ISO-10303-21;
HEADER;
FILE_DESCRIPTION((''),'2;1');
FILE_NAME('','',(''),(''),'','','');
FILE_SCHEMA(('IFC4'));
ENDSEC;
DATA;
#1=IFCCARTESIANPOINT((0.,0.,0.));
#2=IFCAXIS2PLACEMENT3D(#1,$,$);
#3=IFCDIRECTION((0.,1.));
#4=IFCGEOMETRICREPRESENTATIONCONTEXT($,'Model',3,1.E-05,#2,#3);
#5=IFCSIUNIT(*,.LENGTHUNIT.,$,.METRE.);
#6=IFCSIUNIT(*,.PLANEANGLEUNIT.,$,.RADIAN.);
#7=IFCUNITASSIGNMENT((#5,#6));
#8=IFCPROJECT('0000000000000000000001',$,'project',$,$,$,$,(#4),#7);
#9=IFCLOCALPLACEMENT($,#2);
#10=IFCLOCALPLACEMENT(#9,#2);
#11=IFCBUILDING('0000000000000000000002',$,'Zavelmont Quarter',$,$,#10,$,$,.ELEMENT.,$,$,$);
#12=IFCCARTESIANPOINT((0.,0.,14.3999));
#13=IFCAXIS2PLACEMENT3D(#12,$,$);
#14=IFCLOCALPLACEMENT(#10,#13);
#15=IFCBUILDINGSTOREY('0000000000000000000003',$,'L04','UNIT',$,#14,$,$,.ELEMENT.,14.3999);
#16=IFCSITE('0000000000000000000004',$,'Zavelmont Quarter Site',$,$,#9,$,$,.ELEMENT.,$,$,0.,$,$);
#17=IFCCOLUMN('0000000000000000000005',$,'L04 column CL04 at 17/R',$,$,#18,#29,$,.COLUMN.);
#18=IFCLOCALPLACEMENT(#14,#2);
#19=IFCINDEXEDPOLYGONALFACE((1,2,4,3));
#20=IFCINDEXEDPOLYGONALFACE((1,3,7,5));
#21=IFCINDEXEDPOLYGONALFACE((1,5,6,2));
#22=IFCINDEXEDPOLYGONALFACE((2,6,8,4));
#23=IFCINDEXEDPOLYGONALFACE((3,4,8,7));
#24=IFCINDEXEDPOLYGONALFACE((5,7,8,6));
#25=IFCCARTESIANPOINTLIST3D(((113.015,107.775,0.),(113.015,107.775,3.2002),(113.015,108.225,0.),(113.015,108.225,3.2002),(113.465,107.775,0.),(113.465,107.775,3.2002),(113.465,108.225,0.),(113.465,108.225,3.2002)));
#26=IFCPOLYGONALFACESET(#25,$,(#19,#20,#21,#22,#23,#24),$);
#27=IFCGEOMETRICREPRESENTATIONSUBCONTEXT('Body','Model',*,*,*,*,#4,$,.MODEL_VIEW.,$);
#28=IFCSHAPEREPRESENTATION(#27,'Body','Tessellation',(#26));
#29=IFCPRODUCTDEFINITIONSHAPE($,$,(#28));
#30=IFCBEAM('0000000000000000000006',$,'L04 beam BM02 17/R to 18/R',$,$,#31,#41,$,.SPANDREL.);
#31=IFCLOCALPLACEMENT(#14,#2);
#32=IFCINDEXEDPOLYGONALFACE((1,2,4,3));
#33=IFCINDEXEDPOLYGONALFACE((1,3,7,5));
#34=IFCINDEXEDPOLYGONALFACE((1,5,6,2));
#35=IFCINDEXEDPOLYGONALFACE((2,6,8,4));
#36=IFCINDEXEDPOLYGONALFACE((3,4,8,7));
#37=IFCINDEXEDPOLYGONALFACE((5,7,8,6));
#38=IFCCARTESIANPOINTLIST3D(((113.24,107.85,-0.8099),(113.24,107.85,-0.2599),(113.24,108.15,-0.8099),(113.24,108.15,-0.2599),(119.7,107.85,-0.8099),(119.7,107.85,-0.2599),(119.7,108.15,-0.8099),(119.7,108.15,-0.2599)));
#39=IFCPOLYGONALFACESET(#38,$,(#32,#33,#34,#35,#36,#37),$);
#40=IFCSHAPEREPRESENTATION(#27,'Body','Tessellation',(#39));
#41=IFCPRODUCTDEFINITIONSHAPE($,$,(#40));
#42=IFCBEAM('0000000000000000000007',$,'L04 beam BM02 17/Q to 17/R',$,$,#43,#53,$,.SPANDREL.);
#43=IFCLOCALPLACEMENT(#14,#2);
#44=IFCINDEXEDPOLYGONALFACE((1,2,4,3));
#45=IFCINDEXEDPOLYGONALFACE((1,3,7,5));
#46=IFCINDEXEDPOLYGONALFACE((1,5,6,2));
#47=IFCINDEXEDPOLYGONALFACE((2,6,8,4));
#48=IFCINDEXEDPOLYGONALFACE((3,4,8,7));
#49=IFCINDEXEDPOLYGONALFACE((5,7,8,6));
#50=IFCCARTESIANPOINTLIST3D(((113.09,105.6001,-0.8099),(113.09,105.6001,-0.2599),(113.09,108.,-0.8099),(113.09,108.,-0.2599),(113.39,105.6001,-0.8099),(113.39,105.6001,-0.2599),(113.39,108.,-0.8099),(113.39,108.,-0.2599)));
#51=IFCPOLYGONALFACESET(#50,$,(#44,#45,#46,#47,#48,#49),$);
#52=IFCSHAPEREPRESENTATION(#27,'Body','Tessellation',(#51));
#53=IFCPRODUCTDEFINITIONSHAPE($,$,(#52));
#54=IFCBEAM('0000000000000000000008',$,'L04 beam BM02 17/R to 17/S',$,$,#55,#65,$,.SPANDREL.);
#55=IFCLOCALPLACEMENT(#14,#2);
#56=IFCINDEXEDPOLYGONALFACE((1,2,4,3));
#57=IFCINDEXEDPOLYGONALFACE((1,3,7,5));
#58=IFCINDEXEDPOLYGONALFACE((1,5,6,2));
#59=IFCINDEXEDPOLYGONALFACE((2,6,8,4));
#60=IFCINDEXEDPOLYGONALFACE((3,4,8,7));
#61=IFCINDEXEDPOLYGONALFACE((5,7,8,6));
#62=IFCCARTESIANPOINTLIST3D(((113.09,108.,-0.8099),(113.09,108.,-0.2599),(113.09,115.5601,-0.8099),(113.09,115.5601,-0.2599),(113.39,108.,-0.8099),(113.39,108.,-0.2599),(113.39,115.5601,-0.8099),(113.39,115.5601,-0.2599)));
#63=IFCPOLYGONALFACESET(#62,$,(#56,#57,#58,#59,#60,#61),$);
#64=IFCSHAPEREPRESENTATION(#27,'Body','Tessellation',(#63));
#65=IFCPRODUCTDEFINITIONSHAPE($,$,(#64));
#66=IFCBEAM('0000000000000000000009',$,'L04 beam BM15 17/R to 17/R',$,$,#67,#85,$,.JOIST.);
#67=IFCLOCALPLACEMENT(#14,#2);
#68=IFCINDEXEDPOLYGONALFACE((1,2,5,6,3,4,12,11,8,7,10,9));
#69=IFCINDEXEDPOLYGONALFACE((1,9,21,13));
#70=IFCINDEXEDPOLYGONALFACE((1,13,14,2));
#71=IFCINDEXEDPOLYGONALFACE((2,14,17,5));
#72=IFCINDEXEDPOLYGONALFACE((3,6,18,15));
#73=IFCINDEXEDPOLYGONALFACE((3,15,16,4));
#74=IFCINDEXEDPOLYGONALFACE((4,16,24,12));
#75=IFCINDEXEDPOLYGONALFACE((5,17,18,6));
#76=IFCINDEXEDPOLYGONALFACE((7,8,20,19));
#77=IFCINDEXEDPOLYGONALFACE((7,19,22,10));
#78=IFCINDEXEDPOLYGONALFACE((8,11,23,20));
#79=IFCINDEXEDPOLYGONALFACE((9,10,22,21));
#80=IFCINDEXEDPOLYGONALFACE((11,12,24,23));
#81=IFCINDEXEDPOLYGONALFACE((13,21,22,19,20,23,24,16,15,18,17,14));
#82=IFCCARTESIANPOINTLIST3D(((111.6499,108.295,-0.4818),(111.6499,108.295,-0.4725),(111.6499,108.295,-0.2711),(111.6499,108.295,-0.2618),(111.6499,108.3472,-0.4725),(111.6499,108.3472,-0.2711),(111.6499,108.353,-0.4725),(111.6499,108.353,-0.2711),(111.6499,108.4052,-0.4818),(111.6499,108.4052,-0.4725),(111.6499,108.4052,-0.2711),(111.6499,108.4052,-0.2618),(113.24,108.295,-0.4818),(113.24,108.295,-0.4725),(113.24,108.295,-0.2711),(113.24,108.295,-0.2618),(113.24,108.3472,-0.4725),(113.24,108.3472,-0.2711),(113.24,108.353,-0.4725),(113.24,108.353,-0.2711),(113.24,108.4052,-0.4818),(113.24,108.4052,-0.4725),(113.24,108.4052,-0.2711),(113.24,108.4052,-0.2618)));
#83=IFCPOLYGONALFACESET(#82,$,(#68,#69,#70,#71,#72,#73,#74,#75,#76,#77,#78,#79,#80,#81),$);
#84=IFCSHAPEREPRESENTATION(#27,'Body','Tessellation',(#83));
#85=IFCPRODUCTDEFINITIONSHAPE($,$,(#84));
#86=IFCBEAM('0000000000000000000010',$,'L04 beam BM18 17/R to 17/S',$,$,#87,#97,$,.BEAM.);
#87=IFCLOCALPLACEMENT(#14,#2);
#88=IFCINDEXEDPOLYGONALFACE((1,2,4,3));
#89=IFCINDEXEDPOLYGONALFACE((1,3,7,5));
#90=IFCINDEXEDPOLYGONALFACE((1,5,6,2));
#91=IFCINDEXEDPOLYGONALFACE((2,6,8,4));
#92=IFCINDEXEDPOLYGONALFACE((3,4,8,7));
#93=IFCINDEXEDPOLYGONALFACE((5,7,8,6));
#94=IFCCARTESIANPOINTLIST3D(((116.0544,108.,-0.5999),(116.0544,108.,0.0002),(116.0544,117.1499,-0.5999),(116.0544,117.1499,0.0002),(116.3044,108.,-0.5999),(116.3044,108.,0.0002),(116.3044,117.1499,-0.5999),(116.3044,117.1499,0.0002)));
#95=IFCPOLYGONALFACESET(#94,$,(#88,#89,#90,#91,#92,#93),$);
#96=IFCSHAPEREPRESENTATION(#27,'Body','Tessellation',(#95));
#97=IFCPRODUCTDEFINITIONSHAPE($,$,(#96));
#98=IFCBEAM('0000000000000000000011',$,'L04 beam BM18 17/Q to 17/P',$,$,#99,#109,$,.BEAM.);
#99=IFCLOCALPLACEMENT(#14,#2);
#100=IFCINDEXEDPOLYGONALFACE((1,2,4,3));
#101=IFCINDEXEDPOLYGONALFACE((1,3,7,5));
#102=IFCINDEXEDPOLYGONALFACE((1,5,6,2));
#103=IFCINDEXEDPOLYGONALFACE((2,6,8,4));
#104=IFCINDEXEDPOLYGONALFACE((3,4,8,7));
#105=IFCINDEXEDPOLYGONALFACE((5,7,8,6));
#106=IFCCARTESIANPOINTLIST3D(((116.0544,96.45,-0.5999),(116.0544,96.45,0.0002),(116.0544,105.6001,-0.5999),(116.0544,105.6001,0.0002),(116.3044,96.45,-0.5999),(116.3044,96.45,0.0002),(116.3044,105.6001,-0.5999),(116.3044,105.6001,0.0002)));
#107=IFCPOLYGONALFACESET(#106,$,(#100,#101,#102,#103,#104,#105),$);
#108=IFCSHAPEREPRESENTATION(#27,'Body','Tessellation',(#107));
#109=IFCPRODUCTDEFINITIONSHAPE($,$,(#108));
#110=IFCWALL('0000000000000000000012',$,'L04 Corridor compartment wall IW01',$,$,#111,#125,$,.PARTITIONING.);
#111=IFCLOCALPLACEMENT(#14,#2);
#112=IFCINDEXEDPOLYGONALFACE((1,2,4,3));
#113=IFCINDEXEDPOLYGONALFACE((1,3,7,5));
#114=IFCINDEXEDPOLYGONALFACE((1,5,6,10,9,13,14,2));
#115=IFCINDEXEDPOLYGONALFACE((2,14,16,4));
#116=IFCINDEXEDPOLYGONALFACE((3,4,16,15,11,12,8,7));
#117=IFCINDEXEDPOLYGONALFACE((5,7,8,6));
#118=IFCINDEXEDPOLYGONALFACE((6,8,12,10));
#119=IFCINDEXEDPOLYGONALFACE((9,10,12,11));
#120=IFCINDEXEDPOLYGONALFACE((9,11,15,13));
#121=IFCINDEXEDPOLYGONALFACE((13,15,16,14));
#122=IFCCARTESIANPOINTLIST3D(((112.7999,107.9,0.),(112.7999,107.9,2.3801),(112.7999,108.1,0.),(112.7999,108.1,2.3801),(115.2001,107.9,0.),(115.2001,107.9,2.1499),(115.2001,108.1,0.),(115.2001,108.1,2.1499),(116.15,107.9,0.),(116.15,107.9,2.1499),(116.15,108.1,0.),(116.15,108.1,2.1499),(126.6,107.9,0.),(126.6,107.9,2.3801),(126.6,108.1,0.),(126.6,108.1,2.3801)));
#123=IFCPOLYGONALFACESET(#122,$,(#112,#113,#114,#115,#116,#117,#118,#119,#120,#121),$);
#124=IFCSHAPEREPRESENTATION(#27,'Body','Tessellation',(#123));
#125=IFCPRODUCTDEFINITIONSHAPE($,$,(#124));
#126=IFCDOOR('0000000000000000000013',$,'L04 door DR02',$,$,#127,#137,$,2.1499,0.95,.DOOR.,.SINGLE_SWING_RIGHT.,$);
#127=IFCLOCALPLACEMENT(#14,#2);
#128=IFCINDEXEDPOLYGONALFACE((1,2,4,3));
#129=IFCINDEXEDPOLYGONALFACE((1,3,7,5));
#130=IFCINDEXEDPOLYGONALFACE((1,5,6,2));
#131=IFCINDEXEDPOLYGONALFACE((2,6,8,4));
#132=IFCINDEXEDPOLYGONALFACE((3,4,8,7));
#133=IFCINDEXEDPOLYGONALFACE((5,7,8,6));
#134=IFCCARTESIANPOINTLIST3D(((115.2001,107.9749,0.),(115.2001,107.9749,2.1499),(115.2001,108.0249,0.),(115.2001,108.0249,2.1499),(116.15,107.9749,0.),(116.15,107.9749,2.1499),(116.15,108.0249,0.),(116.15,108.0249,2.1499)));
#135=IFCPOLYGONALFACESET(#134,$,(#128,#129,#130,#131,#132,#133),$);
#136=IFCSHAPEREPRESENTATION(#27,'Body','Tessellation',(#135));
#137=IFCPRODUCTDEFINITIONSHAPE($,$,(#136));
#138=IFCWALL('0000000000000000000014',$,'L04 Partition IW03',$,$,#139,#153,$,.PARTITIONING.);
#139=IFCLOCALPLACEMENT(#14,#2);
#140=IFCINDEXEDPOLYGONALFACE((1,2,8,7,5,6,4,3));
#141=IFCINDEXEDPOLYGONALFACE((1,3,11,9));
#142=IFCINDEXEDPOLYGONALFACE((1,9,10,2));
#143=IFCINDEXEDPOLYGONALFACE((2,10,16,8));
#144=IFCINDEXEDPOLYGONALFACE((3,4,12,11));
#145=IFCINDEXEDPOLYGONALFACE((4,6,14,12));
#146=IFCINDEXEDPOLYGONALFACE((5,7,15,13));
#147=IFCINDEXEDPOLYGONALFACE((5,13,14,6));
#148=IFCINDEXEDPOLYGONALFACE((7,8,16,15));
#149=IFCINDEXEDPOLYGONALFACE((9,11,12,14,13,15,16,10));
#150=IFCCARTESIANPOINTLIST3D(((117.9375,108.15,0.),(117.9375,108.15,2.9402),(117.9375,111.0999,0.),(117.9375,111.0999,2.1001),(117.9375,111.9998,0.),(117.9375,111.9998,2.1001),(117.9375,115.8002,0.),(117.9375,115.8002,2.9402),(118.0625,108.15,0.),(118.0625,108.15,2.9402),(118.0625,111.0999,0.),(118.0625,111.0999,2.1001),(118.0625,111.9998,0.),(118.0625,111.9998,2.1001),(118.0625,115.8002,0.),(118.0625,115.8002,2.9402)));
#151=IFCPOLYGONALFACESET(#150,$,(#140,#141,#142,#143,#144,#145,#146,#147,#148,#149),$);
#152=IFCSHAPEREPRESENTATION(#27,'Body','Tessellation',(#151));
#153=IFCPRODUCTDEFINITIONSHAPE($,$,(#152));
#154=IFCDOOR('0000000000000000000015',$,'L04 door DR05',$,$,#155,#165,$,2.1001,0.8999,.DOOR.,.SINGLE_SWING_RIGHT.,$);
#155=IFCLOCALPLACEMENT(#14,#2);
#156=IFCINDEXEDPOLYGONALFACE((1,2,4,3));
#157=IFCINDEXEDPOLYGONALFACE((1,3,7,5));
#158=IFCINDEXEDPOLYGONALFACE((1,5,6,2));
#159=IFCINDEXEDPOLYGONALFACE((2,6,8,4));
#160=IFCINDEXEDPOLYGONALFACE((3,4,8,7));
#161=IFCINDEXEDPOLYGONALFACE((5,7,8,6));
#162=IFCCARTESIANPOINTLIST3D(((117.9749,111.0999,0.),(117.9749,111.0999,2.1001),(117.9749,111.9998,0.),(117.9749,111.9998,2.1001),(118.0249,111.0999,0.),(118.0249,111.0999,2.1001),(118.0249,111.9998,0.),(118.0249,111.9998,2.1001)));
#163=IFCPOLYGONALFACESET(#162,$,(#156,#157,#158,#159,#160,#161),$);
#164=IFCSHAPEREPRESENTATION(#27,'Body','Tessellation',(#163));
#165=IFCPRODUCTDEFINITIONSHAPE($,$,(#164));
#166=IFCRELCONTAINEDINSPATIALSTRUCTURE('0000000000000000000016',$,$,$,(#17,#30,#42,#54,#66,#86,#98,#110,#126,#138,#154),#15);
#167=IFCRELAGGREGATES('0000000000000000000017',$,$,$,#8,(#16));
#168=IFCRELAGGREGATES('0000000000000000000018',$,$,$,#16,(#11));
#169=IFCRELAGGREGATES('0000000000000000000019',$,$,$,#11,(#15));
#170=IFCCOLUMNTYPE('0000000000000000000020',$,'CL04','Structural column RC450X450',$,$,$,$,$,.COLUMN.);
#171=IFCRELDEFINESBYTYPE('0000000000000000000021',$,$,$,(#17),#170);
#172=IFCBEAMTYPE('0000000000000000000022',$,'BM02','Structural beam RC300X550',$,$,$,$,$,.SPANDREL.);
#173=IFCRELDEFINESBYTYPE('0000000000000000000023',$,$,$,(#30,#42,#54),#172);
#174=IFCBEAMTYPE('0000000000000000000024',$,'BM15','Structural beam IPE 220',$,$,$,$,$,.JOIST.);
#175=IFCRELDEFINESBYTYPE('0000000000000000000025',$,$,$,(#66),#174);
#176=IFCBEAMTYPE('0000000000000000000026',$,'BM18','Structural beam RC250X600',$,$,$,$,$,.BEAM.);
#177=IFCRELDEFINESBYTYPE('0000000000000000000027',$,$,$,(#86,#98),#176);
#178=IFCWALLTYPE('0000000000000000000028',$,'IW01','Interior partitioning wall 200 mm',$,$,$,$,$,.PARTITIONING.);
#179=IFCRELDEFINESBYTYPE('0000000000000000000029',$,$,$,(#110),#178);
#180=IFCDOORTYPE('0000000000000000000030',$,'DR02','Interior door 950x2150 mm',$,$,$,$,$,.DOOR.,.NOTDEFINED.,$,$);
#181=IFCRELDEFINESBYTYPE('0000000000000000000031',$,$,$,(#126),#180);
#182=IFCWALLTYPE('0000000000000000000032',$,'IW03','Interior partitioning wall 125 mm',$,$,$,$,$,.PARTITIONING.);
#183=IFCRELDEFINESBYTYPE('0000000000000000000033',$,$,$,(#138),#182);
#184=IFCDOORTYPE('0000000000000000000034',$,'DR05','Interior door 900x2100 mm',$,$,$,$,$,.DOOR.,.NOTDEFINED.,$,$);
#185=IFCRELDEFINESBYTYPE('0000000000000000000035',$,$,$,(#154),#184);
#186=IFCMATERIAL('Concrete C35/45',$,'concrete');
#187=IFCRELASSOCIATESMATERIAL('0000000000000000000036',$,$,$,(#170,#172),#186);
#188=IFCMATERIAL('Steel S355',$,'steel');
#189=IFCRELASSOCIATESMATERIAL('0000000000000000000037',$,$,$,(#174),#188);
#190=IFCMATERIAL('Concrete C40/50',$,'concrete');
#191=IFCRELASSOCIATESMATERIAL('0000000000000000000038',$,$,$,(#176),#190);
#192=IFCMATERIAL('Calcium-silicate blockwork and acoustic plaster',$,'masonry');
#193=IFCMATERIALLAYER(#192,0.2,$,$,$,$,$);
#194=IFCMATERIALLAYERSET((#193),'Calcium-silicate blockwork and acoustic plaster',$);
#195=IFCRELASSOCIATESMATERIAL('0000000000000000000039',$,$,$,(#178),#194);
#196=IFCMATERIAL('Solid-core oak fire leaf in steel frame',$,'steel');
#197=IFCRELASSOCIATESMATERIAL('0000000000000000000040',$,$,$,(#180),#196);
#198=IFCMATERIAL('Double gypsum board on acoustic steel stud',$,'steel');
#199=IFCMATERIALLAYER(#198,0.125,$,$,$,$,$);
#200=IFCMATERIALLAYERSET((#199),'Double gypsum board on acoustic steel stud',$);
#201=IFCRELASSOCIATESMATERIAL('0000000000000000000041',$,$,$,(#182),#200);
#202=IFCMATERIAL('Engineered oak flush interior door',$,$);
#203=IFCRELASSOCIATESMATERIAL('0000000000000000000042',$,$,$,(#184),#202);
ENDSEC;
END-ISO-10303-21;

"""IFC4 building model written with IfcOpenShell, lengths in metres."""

from ifc_helpers import new_model, si_unit, direction, frame, frame_2d, origin, origin_with_axes, origin_2d, place, context, subcontext, project, spatial, rectangle, i_section, extrude, material, layer, layer_set, material_profile, profile_set, type_object, element, fill, save


model = new_model("IFC4")

# Units and contexts
model_context = context("Model", 3, precision=1e-05, world=origin(), true_north=direction((0.0, 1.0)))
body_context = subcontext(model_context, "Body", "Model", "MODEL_VIEW")
ifc_project = project(units=[si_unit("LENGTHUNIT", "METRE"), si_unit("PLANEANGLEUNIT", "RADIAN")], contexts=[model_context])

# Site, building, storey
site_placement = place(None, origin())
site = spatial("IfcSite", under=ifc_project, at=site_placement, Name="Zavelmont Quarter Site", CompositionType="ELEMENT", RefElevation=0.0)
building_placement = place(site_placement, origin())
building = spatial("IfcBuilding", under=site, at=building_placement, Name="Zavelmont Quarter", CompositionType="ELEMENT")
storey_placement = place(building_placement, frame((0.0, 0.0, 14.3999)))
storey = spatial("IfcBuildingStorey", under=building, at=storey_placement, Name="L04", Description="UNIT", CompositionType="ELEMENT", Elevation=14.3999)

# Column
ifc_material_1 = material(Name="Concrete C35/45", Category="concrete")
ifc_material_profile_1 = material_profile(ifc_material_1, rectangle(XDim=0.45, YDim=0.45, at=origin_2d()), Name="RC450X450")
ifc_profile_set_1 = profile_set([ifc_material_profile_1], Name="Concrete C35/45")
column_type = type_object("IfcColumnType", Name="CL04", Description="Structural column RC450X450", PredefinedType="COLUMN", material=ifc_profile_set_1)
column_placement = place(storey_placement, frame((113.24, 108.0, 0.0), z_axis=(0.0, 0.0, 1.0), x_axis=(1.0, 0.0, 0.0)))
element("IfcColumn", 1, at=column_placement, inside=storey, type_object=column_type, Name="L04 column CL04 at 17/R", PredefinedType="COLUMN", context=body_context, shape_type="SweptSolid", body=[
    extrude(rectangle(XDim=0.45, YDim=0.45, at=origin_2d()), origin(), (0.0, 0.0, 1.0), 3.2002),
])

# Beams
ifc_material_profile_2 = material_profile(ifc_material_1, rectangle(XDim=0.3, YDim=0.55, at=origin_2d()), Name="RC300X550")
ifc_profile_set_2 = profile_set([ifc_material_profile_2], Name="Concrete C35/45")
beam_type_1 = type_object("IfcBeamType", Name="BM02", Description="Structural beam RC300X550", PredefinedType="SPANDREL", material=ifc_profile_set_2)
beam_1_placement = place(storey_placement, frame((113.24, 108.0, -0.5349), z_axis=(1.0, 0.0, 0.0), x_axis=(0.0, 1.0, 0.0)))
element("IfcBeam", 2, at=beam_1_placement, inside=storey, type_object=beam_type_1, Name="L04 beam BM02 17/R to 18/R", PredefinedType="SPANDREL", context=body_context, shape_type="SweptSolid", body=[
    extrude(rectangle(XDim=0.3, YDim=0.55, at=origin_2d()), origin(), (0.0, 0.0, 1.0), 6.46),
])
beam_2_placement = place(storey_placement, frame((113.24, 105.6001, -0.5349), z_axis=(0.0, 1.0, 0.0), x_axis=(-1.0, 0.0, 0.0)))
element("IfcBeam", 3, at=beam_2_placement, inside=storey, type_object=beam_type_1, Name="L04 beam BM02 17/Q to 17/R", PredefinedType="SPANDREL", context=body_context, shape_type="SweptSolid", body=[
    extrude(rectangle(XDim=0.3, YDim=0.55, at=origin_2d()), origin(), (0.0, 0.0, 1.0), 2.3999),
])
beam_3_placement = place(storey_placement, frame((113.24, 108.0, -0.5349), z_axis=(0.0, 1.0, 0.0), x_axis=(-1.0, 0.0, 0.0)))
element("IfcBeam", 4, at=beam_3_placement, inside=storey, type_object=beam_type_1, Name="L04 beam BM02 17/R to 17/S", PredefinedType="SPANDREL", context=body_context, shape_type="SweptSolid", body=[
    extrude(rectangle(XDim=0.3, YDim=0.55, at=origin_2d()), origin(), (0.0, 0.0, 1.0), 7.5601),
])
ifc_material_2 = material(Name="Steel S355", Category="steel")
ifc_material_profile_3 = material_profile(ifc_material_2, i_section(OverallWidth=0.1101, OverallDepth=0.22, WebThickness=0.0059, FlangeThickness=0.0093, at=origin_2d()), Name="IPE 220")
ifc_profile_set_3 = profile_set([ifc_material_profile_3], Name="Steel S355")
beam_type_2 = type_object("IfcBeamType", Name="BM15", Description="Structural beam IPE 220", PredefinedType="JOIST", material=ifc_profile_set_3)
beam_4_placement = place(storey_placement, frame((113.24, 108.3501, -0.3718), z_axis=(-1.0, 0.0, 0.0), x_axis=(0.0, -1.0, 0.0)))
element("IfcBeam", 5, at=beam_4_placement, inside=storey, type_object=beam_type_2, Name="L04 beam BM15 17/R to 17/R", PredefinedType="JOIST", context=body_context, shape_type="SweptSolid", body=[
    extrude(i_section(OverallWidth=0.1101, OverallDepth=0.22, WebThickness=0.0059, FlangeThickness=0.0093, at=origin_2d()), origin(), (0.0, 0.0, 1.0), 1.5901),
])
ifc_material_3 = material(Name="Concrete C40/50", Category="concrete")
ifc_material_profile_4 = material_profile(ifc_material_3, rectangle(XDim=0.25, YDim=0.6001, at=origin_2d()), Name="RC250X600")
ifc_profile_set_4 = profile_set([ifc_material_profile_4], Name="Concrete C40/50")
beam_type_3 = type_object("IfcBeamType", Name="BM18", Description="Structural beam RC250X600", PredefinedType="BEAM", material=ifc_profile_set_4)
beam_5_placement = place(storey_placement, frame((116.1794, 108.0, -0.2998), z_axis=(0.0, 1.0, 0.0), x_axis=(-1.0, 0.0, 0.0)))
element("IfcBeam", 6, at=beam_5_placement, inside=storey, type_object=beam_type_3, Name="L04 beam BM18 17/R to 17/S", PredefinedType="BEAM", context=body_context, shape_type="SweptSolid", body=[
    extrude(rectangle(XDim=0.25, YDim=0.6001, at=origin_2d()), origin(), (0.0, 0.0, 1.0), 9.1499),
])
beam_6_placement = place(storey_placement, frame((116.1794, 105.6001, -0.2998), z_axis=(0.0, -1.0, 0.0), x_axis=(1.0, 0.0, 0.0)))
element("IfcBeam", 7, at=beam_6_placement, inside=storey, type_object=beam_type_3, Name="L04 beam BM18 17/Q to 17/P", PredefinedType="BEAM", context=body_context, shape_type="SweptSolid", body=[
    extrude(rectangle(XDim=0.25, YDim=0.6001, at=origin_2d()), origin(), (0.0, 0.0, 1.0), 9.1501),
])

# Walls, openings, doors
ifc_material_4 = material(Name="Calcium-silicate blockwork and acoustic plaster", Category="masonry")
ifc_layer_1 = layer(ifc_material_4, 0.2)
ifc_layer_set_1 = layer_set([ifc_layer_1], Name="Calcium-silicate blockwork and acoustic plaster")
wall_type_1 = type_object("IfcWallType", Name="IW01", Description="Interior partitioning wall 200 mm", PredefinedType="PARTITIONING", material=ifc_layer_set_1)
wall_1_placement = place(storey_placement, frame((112.8, 108.0, 0.0), z_axis=(0.0, 0.0, 1.0), x_axis=(1.0, 0.0, 0.0)))
wall_1 = element("IfcWall", 8, at=wall_1_placement, inside=storey, type_object=wall_type_1, Name="L04 Corridor compartment wall IW01", PredefinedType="PARTITIONING", context=body_context, shape_type="SweptSolid", body=[
    extrude(rectangle(XDim=13.8, YDim=0.2, at=frame_2d((6.8999, 0.0))), origin(), (0.0, 0.0, 1.0), 2.3801),
])
opening_1_placement = place(wall_1_placement, frame((2.3999, 0.0, 0.0)))
opening_1 = element("IfcOpeningElement", 9, at=opening_1_placement, cuts=wall_1, PredefinedType="OPENING", context=body_context, shape_type="SweptSolid", body=[
    extrude(rectangle(XDim=0.95, YDim=2.1499, at=frame_2d((0.4751, 1.075))), frame((0.0, 0.1118, 0.0), z_axis=(0.0, -1.0, 0.0), x_axis=(1.0, 0.0, 0.0)), (0.0, 0.0, 1.0), 0.2239),
])
ifc_material_5 = material(Name="Solid-core oak fire leaf in steel frame", Category="steel")
door_type_1 = type_object("IfcDoorType", Name="DR02", Description="Interior door 950x2150 mm", OperationType="NOTDEFINED", PredefinedType="DOOR", material=ifc_material_5)
door_1_placement = place(opening_1_placement, origin_with_axes())
door_1 = element("IfcDoor", 10, at=door_1_placement, inside=storey, type_object=door_type_1, Name="L04 door DR02", OperationType="SINGLE_SWING_RIGHT", OverallHeight=2.1499, OverallWidth=0.95, PredefinedType="DOOR", context=body_context, shape_type="SweptSolid", body=[
    extrude(rectangle(XDim=0.95, YDim=2.1499, at=frame_2d((0.4751, 1.075))), frame((0.0, 0.0249, 0.0), z_axis=(0.0, -1.0, 0.0), x_axis=(1.0, 0.0, 0.0)), (0.0, 0.0, 1.0), 0.05),
])
fill(opening_1, door_1)
ifc_material_6 = material(Name="Double gypsum board on acoustic steel stud", Category="steel")
ifc_layer_2 = layer(ifc_material_6, 0.125)
ifc_layer_set_2 = layer_set([ifc_layer_2], Name="Double gypsum board on acoustic steel stud")
wall_type_2 = type_object("IfcWallType", Name="IW03", Description="Interior partitioning wall 125 mm", PredefinedType="PARTITIONING", material=ifc_layer_set_2)
wall_2_placement = place(storey_placement, frame((118.0, 108.1499, 0.0), z_axis=(0.0, 0.0, 1.0), x_axis=(0.0, 1.0, 0.0)))
wall_2 = element("IfcWall", 11, at=wall_2_placement, inside=storey, type_object=wall_type_2, Name="L04 Partition IW03", PredefinedType="PARTITIONING", context=body_context, shape_type="SweptSolid", body=[
    extrude(rectangle(XDim=7.6501, YDim=0.125, at=frame_2d((3.8252, 0.0))), origin(), (0.0, 0.0, 1.0), 2.9402),
])
opening_2_placement = place(wall_2_placement, frame((2.95, 0.0, 0.0)))
opening_2 = element("IfcOpeningElement", 12, at=opening_2_placement, cuts=wall_2, PredefinedType="OPENING", context=body_context, shape_type="SweptSolid", body=[
    extrude(rectangle(XDim=0.8999, YDim=2.1001, at=frame_2d((0.45, 1.05))), frame((0.0, 0.0745, 0.0), z_axis=(0.0, -1.0, 0.0), x_axis=(1.0, 0.0, 0.0)), (0.0, 0.0, 1.0), 0.1489),
])
ifc_material_7 = material(Name="Engineered oak flush interior door")
door_type_2 = type_object("IfcDoorType", Name="DR05", Description="Interior door 900x2100 mm", OperationType="NOTDEFINED", PredefinedType="DOOR", material=ifc_material_7)
door_2_placement = place(opening_2_placement, frame((0.8999, 0.0, 0.0), z_axis=(0.0, 0.0, 1.0), x_axis=(-1.0, 0.0, 0.0)))
door_2 = element("IfcDoor", 13, at=door_2_placement, inside=storey, type_object=door_type_2, Name="L04 door DR05", OperationType="SINGLE_SWING_RIGHT", OverallHeight=2.1001, OverallWidth=0.8999, PredefinedType="DOOR", context=body_context, shape_type="SweptSolid", body=[
    extrude(rectangle(XDim=0.8999, YDim=2.1001, at=frame_2d((0.45, 1.05))), frame((0.0, 0.0249, 0.0), z_axis=(0.0, -1.0, 0.0), x_axis=(1.0, 0.0, 0.0)), (0.0, 0.0, 1.0), 0.05),
])
fill(opening_2, door_2)

save(model, "model.ifc")
